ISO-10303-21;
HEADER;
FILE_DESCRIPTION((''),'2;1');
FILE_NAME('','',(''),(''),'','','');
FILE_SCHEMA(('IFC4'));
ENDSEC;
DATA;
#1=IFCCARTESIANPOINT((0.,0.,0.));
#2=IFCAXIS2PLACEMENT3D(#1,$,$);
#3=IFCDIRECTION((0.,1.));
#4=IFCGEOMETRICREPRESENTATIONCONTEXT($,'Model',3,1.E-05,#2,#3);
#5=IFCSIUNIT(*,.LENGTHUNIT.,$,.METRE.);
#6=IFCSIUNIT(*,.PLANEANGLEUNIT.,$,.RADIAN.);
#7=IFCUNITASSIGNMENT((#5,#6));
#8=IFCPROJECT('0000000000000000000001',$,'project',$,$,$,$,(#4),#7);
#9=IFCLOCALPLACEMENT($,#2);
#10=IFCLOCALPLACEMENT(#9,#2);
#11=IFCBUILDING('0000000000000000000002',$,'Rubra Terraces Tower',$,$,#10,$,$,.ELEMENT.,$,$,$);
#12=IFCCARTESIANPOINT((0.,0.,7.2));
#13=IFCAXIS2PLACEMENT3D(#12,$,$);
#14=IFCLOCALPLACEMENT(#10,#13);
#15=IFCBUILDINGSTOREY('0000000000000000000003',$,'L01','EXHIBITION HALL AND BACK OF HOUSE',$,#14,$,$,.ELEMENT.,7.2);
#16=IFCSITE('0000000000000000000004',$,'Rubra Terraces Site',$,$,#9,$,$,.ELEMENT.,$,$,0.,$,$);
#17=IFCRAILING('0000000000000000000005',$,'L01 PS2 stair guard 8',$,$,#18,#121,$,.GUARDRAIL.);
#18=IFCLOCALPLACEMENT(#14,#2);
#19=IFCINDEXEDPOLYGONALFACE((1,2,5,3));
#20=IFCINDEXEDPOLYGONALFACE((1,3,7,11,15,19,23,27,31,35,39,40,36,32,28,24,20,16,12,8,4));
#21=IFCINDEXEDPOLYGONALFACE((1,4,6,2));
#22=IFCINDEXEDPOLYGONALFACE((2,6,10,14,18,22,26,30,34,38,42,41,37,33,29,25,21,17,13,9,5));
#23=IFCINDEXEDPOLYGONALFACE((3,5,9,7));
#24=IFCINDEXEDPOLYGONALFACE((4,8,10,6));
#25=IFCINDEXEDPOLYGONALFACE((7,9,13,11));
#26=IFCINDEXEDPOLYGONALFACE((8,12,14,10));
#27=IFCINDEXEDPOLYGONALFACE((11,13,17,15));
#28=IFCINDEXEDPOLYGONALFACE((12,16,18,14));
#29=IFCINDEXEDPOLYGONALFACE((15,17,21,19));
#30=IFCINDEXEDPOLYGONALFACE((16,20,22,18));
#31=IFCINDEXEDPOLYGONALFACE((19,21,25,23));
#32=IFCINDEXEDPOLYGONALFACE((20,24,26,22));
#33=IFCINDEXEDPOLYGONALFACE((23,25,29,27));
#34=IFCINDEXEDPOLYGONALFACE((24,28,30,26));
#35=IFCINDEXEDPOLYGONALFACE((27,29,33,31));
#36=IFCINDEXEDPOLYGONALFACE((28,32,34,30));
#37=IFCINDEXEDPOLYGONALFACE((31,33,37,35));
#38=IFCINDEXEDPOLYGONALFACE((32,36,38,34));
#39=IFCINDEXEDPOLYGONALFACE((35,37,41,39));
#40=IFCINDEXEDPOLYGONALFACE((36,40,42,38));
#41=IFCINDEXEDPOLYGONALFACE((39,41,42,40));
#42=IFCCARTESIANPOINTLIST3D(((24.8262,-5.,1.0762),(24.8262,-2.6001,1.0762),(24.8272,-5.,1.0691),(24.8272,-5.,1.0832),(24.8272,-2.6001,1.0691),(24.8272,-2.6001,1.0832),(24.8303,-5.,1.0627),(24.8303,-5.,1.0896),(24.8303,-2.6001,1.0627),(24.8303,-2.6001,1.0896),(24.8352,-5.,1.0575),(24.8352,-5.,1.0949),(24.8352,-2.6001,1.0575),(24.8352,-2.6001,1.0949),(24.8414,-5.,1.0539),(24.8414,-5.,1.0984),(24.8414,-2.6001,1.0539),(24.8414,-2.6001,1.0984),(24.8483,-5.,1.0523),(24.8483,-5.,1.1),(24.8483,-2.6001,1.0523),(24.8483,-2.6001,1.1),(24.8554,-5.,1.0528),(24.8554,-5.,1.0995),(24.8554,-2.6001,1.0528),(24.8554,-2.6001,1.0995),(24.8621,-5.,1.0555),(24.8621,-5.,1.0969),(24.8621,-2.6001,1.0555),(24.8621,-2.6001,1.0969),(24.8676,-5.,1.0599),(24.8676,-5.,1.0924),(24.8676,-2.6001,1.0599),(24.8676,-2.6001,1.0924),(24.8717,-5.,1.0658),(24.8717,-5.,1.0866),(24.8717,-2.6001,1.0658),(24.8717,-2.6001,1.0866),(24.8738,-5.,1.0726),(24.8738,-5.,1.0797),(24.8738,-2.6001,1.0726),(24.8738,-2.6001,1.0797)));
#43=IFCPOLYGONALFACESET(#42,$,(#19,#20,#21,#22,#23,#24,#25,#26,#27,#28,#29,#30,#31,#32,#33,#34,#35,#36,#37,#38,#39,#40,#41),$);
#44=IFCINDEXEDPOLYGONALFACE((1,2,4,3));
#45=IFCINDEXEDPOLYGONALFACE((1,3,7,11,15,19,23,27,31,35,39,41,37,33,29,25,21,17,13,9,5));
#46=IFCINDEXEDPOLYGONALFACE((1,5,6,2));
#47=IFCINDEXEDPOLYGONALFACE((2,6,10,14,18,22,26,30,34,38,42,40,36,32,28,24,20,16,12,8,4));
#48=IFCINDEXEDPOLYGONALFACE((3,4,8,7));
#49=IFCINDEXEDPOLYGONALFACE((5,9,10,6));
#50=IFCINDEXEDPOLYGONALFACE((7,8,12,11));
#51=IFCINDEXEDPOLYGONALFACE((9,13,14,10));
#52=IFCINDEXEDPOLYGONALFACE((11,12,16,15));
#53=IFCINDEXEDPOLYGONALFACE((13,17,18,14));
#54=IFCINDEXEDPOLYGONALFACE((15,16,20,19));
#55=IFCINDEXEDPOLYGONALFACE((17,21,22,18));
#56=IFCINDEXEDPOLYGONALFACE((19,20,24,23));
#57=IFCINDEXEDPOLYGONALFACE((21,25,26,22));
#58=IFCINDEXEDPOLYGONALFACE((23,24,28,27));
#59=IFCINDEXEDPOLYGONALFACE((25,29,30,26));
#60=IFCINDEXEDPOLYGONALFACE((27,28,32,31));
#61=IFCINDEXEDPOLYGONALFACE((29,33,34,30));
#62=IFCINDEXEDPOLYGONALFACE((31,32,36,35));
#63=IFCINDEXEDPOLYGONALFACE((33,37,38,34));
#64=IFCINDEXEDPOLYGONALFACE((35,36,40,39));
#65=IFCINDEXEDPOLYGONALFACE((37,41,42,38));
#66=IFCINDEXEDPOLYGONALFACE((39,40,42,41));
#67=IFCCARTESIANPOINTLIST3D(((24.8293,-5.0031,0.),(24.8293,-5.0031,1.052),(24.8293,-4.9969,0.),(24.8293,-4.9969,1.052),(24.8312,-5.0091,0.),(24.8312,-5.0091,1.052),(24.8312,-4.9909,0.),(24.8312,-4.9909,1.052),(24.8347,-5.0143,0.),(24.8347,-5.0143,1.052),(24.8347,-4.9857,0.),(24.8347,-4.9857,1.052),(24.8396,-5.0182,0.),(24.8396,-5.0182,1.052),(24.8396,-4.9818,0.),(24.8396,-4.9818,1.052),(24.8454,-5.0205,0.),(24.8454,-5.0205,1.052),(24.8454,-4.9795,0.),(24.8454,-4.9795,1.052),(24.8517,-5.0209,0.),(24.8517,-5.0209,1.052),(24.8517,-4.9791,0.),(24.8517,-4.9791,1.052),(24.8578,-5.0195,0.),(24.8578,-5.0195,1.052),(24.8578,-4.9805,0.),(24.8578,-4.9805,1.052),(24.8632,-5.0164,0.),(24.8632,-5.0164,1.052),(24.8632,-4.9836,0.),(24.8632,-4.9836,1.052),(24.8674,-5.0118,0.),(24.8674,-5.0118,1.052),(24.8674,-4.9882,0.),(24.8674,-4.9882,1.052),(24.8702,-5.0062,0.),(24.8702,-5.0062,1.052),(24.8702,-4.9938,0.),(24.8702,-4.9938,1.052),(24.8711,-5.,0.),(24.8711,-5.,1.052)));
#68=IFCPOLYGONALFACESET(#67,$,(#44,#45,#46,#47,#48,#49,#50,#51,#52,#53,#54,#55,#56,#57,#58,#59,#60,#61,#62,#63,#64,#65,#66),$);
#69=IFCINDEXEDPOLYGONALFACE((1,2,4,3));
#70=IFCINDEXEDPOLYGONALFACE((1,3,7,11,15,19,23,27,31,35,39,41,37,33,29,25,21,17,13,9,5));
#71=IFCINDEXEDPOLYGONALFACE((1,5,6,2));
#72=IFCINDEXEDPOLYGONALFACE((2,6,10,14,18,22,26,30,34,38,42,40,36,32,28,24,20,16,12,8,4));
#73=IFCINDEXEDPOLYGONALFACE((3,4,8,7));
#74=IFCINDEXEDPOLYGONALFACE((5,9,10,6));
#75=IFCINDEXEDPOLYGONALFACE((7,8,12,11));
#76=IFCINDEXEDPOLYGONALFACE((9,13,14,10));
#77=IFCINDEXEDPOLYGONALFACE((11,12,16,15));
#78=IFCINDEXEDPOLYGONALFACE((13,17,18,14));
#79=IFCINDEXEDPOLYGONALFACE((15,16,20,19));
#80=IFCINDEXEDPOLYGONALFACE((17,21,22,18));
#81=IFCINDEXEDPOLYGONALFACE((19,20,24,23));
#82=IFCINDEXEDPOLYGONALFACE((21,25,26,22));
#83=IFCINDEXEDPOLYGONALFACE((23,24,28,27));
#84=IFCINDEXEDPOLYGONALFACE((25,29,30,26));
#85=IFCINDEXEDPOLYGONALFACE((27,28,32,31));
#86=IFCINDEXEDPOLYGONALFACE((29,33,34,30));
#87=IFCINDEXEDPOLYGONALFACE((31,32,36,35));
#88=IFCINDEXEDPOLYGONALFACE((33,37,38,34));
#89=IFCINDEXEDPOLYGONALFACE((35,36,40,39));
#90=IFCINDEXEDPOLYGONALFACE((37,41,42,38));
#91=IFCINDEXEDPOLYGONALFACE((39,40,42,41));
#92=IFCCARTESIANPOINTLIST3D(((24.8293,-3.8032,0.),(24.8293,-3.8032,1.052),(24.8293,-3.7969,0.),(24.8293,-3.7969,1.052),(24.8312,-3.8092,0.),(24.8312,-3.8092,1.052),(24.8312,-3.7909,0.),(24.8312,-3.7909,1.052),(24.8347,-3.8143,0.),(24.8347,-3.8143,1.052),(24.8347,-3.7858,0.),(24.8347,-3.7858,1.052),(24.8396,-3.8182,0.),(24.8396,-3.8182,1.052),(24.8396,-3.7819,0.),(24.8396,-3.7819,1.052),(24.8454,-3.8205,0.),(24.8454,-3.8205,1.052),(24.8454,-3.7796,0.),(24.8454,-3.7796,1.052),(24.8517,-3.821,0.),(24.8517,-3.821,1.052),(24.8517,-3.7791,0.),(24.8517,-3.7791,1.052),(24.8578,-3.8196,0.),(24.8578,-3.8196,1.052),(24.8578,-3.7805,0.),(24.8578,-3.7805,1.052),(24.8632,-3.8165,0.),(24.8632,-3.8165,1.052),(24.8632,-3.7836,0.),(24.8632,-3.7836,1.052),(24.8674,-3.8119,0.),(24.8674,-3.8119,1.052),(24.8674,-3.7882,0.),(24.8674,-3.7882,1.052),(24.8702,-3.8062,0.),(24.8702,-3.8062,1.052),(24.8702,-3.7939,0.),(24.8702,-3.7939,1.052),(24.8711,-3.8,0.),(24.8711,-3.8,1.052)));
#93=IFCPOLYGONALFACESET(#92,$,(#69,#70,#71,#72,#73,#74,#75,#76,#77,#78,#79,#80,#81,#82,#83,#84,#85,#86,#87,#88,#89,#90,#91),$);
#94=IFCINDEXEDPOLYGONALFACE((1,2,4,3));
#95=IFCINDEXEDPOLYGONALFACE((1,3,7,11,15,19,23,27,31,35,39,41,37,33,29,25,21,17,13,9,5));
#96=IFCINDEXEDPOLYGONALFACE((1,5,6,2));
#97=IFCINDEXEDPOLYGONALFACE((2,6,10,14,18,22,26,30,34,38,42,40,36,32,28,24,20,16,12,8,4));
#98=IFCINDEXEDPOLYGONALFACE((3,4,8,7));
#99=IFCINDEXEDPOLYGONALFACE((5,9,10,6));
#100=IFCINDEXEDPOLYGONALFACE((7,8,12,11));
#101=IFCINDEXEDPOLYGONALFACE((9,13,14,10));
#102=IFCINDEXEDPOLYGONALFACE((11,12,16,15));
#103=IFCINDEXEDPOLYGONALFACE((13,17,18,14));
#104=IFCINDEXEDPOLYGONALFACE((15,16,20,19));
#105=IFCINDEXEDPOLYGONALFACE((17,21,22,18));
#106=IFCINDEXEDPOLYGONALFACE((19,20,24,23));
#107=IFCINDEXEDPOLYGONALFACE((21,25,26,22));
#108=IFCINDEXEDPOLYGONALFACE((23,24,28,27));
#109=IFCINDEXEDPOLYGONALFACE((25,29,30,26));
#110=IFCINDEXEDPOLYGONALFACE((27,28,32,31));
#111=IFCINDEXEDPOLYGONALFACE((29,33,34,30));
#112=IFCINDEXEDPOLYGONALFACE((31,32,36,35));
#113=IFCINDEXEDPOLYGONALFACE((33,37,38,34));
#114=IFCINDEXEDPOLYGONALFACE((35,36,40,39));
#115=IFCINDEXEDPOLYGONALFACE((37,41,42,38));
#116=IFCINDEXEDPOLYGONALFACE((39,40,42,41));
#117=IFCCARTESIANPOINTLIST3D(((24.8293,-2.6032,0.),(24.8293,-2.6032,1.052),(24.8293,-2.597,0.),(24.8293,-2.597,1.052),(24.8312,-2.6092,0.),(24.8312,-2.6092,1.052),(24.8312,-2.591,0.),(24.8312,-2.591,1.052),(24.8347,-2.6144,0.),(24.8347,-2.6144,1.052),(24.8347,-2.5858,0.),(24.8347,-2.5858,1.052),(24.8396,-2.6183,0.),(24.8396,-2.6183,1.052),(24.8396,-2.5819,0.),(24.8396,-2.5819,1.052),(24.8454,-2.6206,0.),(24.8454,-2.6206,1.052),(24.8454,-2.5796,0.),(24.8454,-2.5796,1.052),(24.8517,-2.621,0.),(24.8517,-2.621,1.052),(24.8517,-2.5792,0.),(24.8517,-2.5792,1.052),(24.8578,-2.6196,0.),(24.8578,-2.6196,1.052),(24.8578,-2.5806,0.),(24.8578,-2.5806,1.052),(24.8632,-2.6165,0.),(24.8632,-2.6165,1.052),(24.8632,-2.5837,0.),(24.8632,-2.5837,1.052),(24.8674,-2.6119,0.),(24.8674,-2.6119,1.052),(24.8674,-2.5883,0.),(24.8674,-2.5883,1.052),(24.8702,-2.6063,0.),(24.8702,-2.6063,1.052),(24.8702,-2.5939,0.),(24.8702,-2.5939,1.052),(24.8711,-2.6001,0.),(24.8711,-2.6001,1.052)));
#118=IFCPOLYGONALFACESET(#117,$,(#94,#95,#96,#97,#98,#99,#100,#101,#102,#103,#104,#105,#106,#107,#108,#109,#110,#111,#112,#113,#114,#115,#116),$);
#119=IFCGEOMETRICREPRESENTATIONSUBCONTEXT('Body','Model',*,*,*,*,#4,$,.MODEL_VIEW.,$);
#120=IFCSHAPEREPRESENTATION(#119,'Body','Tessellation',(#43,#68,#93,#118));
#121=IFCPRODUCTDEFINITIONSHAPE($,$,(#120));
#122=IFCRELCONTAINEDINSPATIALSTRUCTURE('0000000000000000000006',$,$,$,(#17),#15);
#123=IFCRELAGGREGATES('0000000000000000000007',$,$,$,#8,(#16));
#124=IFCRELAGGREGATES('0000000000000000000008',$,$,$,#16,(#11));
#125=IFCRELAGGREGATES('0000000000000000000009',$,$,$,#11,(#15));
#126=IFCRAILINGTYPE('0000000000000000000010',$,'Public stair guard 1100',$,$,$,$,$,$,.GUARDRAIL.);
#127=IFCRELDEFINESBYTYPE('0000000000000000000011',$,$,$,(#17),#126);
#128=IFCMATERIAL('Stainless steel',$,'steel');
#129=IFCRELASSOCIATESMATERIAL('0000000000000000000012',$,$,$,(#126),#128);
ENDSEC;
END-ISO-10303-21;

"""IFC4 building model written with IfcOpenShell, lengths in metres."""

from ifc_helpers import new_model, si_unit, direction, frame, origin, origin_2d, place, context, subcontext, project, spatial, circle, extrude, material, type_object, element, save


model = new_model("IFC4")

# Units and contexts
model_context = context("Model", 3, precision=1e-05, world=origin(), true_north=direction((0.0, 1.0)))
body_context = subcontext(model_context, "Body", "Model", "MODEL_VIEW")
ifc_project = project(units=[si_unit("LENGTHUNIT", "METRE"), si_unit("PLANEANGLEUNIT", "RADIAN")], contexts=[model_context])

# Site, building, storey
site_placement = place(None, origin())
site = spatial("IfcSite", under=ifc_project, at=site_placement, Name="Rubra Terraces Site", CompositionType="ELEMENT", RefElevation=0.0)
building_placement = place(site_placement, origin())
building = spatial("IfcBuilding", under=site, at=building_placement, Name="Rubra Terraces Tower", CompositionType="ELEMENT")
storey_placement = place(building_placement, frame((0.0, 0.0, 7.2)))
storey = spatial("IfcBuildingStorey", under=building, at=storey_placement, Name="L01", Description="EXHIBITION HALL AND BACK OF HOUSE", CompositionType="ELEMENT", Elevation=7.2)

# Railing
ifc_material_1 = material(Name="Stainless steel", Category="steel")
railing_type = type_object("IfcRailingType", Name="Public stair guard 1100", PredefinedType="GUARDRAIL", material=ifc_material_1)
railing_1_placement = place(storey_placement, frame((24.8501, -5.0, 0.0)))
element("IfcRailing", 1, at=railing_1_placement, inside=storey, type_object=railing_type, Name="L01 PS2 stair guard 8", PredefinedType="GUARDRAIL", context=body_context, shape_type="SweptSolid", body=[
    extrude(circle(Radius=0.0239, at=origin_2d()), frame((0.0, 0.0, 1.0762), z_axis=(0.0, 1.0, 0.0), x_axis=(-1.0, 0.0, 0.0)), (0.0, 0.0, 1.0), 2.3999),
    extrude(circle(Radius=0.021, at=origin_2d()), origin(), (0.0, 0.0, 1.0), 1.052),
    extrude(circle(Radius=0.021, at=origin_2d()), frame((0.0, 1.2, 0.0)), (0.0, 0.0, 1.0), 1.052),
    extrude(circle(Radius=0.021, at=origin_2d()), frame((0.0, 2.3999, 0.0)), (0.0, 0.0, 1.0), 1.052),
])

save(model, "model.ifc")
